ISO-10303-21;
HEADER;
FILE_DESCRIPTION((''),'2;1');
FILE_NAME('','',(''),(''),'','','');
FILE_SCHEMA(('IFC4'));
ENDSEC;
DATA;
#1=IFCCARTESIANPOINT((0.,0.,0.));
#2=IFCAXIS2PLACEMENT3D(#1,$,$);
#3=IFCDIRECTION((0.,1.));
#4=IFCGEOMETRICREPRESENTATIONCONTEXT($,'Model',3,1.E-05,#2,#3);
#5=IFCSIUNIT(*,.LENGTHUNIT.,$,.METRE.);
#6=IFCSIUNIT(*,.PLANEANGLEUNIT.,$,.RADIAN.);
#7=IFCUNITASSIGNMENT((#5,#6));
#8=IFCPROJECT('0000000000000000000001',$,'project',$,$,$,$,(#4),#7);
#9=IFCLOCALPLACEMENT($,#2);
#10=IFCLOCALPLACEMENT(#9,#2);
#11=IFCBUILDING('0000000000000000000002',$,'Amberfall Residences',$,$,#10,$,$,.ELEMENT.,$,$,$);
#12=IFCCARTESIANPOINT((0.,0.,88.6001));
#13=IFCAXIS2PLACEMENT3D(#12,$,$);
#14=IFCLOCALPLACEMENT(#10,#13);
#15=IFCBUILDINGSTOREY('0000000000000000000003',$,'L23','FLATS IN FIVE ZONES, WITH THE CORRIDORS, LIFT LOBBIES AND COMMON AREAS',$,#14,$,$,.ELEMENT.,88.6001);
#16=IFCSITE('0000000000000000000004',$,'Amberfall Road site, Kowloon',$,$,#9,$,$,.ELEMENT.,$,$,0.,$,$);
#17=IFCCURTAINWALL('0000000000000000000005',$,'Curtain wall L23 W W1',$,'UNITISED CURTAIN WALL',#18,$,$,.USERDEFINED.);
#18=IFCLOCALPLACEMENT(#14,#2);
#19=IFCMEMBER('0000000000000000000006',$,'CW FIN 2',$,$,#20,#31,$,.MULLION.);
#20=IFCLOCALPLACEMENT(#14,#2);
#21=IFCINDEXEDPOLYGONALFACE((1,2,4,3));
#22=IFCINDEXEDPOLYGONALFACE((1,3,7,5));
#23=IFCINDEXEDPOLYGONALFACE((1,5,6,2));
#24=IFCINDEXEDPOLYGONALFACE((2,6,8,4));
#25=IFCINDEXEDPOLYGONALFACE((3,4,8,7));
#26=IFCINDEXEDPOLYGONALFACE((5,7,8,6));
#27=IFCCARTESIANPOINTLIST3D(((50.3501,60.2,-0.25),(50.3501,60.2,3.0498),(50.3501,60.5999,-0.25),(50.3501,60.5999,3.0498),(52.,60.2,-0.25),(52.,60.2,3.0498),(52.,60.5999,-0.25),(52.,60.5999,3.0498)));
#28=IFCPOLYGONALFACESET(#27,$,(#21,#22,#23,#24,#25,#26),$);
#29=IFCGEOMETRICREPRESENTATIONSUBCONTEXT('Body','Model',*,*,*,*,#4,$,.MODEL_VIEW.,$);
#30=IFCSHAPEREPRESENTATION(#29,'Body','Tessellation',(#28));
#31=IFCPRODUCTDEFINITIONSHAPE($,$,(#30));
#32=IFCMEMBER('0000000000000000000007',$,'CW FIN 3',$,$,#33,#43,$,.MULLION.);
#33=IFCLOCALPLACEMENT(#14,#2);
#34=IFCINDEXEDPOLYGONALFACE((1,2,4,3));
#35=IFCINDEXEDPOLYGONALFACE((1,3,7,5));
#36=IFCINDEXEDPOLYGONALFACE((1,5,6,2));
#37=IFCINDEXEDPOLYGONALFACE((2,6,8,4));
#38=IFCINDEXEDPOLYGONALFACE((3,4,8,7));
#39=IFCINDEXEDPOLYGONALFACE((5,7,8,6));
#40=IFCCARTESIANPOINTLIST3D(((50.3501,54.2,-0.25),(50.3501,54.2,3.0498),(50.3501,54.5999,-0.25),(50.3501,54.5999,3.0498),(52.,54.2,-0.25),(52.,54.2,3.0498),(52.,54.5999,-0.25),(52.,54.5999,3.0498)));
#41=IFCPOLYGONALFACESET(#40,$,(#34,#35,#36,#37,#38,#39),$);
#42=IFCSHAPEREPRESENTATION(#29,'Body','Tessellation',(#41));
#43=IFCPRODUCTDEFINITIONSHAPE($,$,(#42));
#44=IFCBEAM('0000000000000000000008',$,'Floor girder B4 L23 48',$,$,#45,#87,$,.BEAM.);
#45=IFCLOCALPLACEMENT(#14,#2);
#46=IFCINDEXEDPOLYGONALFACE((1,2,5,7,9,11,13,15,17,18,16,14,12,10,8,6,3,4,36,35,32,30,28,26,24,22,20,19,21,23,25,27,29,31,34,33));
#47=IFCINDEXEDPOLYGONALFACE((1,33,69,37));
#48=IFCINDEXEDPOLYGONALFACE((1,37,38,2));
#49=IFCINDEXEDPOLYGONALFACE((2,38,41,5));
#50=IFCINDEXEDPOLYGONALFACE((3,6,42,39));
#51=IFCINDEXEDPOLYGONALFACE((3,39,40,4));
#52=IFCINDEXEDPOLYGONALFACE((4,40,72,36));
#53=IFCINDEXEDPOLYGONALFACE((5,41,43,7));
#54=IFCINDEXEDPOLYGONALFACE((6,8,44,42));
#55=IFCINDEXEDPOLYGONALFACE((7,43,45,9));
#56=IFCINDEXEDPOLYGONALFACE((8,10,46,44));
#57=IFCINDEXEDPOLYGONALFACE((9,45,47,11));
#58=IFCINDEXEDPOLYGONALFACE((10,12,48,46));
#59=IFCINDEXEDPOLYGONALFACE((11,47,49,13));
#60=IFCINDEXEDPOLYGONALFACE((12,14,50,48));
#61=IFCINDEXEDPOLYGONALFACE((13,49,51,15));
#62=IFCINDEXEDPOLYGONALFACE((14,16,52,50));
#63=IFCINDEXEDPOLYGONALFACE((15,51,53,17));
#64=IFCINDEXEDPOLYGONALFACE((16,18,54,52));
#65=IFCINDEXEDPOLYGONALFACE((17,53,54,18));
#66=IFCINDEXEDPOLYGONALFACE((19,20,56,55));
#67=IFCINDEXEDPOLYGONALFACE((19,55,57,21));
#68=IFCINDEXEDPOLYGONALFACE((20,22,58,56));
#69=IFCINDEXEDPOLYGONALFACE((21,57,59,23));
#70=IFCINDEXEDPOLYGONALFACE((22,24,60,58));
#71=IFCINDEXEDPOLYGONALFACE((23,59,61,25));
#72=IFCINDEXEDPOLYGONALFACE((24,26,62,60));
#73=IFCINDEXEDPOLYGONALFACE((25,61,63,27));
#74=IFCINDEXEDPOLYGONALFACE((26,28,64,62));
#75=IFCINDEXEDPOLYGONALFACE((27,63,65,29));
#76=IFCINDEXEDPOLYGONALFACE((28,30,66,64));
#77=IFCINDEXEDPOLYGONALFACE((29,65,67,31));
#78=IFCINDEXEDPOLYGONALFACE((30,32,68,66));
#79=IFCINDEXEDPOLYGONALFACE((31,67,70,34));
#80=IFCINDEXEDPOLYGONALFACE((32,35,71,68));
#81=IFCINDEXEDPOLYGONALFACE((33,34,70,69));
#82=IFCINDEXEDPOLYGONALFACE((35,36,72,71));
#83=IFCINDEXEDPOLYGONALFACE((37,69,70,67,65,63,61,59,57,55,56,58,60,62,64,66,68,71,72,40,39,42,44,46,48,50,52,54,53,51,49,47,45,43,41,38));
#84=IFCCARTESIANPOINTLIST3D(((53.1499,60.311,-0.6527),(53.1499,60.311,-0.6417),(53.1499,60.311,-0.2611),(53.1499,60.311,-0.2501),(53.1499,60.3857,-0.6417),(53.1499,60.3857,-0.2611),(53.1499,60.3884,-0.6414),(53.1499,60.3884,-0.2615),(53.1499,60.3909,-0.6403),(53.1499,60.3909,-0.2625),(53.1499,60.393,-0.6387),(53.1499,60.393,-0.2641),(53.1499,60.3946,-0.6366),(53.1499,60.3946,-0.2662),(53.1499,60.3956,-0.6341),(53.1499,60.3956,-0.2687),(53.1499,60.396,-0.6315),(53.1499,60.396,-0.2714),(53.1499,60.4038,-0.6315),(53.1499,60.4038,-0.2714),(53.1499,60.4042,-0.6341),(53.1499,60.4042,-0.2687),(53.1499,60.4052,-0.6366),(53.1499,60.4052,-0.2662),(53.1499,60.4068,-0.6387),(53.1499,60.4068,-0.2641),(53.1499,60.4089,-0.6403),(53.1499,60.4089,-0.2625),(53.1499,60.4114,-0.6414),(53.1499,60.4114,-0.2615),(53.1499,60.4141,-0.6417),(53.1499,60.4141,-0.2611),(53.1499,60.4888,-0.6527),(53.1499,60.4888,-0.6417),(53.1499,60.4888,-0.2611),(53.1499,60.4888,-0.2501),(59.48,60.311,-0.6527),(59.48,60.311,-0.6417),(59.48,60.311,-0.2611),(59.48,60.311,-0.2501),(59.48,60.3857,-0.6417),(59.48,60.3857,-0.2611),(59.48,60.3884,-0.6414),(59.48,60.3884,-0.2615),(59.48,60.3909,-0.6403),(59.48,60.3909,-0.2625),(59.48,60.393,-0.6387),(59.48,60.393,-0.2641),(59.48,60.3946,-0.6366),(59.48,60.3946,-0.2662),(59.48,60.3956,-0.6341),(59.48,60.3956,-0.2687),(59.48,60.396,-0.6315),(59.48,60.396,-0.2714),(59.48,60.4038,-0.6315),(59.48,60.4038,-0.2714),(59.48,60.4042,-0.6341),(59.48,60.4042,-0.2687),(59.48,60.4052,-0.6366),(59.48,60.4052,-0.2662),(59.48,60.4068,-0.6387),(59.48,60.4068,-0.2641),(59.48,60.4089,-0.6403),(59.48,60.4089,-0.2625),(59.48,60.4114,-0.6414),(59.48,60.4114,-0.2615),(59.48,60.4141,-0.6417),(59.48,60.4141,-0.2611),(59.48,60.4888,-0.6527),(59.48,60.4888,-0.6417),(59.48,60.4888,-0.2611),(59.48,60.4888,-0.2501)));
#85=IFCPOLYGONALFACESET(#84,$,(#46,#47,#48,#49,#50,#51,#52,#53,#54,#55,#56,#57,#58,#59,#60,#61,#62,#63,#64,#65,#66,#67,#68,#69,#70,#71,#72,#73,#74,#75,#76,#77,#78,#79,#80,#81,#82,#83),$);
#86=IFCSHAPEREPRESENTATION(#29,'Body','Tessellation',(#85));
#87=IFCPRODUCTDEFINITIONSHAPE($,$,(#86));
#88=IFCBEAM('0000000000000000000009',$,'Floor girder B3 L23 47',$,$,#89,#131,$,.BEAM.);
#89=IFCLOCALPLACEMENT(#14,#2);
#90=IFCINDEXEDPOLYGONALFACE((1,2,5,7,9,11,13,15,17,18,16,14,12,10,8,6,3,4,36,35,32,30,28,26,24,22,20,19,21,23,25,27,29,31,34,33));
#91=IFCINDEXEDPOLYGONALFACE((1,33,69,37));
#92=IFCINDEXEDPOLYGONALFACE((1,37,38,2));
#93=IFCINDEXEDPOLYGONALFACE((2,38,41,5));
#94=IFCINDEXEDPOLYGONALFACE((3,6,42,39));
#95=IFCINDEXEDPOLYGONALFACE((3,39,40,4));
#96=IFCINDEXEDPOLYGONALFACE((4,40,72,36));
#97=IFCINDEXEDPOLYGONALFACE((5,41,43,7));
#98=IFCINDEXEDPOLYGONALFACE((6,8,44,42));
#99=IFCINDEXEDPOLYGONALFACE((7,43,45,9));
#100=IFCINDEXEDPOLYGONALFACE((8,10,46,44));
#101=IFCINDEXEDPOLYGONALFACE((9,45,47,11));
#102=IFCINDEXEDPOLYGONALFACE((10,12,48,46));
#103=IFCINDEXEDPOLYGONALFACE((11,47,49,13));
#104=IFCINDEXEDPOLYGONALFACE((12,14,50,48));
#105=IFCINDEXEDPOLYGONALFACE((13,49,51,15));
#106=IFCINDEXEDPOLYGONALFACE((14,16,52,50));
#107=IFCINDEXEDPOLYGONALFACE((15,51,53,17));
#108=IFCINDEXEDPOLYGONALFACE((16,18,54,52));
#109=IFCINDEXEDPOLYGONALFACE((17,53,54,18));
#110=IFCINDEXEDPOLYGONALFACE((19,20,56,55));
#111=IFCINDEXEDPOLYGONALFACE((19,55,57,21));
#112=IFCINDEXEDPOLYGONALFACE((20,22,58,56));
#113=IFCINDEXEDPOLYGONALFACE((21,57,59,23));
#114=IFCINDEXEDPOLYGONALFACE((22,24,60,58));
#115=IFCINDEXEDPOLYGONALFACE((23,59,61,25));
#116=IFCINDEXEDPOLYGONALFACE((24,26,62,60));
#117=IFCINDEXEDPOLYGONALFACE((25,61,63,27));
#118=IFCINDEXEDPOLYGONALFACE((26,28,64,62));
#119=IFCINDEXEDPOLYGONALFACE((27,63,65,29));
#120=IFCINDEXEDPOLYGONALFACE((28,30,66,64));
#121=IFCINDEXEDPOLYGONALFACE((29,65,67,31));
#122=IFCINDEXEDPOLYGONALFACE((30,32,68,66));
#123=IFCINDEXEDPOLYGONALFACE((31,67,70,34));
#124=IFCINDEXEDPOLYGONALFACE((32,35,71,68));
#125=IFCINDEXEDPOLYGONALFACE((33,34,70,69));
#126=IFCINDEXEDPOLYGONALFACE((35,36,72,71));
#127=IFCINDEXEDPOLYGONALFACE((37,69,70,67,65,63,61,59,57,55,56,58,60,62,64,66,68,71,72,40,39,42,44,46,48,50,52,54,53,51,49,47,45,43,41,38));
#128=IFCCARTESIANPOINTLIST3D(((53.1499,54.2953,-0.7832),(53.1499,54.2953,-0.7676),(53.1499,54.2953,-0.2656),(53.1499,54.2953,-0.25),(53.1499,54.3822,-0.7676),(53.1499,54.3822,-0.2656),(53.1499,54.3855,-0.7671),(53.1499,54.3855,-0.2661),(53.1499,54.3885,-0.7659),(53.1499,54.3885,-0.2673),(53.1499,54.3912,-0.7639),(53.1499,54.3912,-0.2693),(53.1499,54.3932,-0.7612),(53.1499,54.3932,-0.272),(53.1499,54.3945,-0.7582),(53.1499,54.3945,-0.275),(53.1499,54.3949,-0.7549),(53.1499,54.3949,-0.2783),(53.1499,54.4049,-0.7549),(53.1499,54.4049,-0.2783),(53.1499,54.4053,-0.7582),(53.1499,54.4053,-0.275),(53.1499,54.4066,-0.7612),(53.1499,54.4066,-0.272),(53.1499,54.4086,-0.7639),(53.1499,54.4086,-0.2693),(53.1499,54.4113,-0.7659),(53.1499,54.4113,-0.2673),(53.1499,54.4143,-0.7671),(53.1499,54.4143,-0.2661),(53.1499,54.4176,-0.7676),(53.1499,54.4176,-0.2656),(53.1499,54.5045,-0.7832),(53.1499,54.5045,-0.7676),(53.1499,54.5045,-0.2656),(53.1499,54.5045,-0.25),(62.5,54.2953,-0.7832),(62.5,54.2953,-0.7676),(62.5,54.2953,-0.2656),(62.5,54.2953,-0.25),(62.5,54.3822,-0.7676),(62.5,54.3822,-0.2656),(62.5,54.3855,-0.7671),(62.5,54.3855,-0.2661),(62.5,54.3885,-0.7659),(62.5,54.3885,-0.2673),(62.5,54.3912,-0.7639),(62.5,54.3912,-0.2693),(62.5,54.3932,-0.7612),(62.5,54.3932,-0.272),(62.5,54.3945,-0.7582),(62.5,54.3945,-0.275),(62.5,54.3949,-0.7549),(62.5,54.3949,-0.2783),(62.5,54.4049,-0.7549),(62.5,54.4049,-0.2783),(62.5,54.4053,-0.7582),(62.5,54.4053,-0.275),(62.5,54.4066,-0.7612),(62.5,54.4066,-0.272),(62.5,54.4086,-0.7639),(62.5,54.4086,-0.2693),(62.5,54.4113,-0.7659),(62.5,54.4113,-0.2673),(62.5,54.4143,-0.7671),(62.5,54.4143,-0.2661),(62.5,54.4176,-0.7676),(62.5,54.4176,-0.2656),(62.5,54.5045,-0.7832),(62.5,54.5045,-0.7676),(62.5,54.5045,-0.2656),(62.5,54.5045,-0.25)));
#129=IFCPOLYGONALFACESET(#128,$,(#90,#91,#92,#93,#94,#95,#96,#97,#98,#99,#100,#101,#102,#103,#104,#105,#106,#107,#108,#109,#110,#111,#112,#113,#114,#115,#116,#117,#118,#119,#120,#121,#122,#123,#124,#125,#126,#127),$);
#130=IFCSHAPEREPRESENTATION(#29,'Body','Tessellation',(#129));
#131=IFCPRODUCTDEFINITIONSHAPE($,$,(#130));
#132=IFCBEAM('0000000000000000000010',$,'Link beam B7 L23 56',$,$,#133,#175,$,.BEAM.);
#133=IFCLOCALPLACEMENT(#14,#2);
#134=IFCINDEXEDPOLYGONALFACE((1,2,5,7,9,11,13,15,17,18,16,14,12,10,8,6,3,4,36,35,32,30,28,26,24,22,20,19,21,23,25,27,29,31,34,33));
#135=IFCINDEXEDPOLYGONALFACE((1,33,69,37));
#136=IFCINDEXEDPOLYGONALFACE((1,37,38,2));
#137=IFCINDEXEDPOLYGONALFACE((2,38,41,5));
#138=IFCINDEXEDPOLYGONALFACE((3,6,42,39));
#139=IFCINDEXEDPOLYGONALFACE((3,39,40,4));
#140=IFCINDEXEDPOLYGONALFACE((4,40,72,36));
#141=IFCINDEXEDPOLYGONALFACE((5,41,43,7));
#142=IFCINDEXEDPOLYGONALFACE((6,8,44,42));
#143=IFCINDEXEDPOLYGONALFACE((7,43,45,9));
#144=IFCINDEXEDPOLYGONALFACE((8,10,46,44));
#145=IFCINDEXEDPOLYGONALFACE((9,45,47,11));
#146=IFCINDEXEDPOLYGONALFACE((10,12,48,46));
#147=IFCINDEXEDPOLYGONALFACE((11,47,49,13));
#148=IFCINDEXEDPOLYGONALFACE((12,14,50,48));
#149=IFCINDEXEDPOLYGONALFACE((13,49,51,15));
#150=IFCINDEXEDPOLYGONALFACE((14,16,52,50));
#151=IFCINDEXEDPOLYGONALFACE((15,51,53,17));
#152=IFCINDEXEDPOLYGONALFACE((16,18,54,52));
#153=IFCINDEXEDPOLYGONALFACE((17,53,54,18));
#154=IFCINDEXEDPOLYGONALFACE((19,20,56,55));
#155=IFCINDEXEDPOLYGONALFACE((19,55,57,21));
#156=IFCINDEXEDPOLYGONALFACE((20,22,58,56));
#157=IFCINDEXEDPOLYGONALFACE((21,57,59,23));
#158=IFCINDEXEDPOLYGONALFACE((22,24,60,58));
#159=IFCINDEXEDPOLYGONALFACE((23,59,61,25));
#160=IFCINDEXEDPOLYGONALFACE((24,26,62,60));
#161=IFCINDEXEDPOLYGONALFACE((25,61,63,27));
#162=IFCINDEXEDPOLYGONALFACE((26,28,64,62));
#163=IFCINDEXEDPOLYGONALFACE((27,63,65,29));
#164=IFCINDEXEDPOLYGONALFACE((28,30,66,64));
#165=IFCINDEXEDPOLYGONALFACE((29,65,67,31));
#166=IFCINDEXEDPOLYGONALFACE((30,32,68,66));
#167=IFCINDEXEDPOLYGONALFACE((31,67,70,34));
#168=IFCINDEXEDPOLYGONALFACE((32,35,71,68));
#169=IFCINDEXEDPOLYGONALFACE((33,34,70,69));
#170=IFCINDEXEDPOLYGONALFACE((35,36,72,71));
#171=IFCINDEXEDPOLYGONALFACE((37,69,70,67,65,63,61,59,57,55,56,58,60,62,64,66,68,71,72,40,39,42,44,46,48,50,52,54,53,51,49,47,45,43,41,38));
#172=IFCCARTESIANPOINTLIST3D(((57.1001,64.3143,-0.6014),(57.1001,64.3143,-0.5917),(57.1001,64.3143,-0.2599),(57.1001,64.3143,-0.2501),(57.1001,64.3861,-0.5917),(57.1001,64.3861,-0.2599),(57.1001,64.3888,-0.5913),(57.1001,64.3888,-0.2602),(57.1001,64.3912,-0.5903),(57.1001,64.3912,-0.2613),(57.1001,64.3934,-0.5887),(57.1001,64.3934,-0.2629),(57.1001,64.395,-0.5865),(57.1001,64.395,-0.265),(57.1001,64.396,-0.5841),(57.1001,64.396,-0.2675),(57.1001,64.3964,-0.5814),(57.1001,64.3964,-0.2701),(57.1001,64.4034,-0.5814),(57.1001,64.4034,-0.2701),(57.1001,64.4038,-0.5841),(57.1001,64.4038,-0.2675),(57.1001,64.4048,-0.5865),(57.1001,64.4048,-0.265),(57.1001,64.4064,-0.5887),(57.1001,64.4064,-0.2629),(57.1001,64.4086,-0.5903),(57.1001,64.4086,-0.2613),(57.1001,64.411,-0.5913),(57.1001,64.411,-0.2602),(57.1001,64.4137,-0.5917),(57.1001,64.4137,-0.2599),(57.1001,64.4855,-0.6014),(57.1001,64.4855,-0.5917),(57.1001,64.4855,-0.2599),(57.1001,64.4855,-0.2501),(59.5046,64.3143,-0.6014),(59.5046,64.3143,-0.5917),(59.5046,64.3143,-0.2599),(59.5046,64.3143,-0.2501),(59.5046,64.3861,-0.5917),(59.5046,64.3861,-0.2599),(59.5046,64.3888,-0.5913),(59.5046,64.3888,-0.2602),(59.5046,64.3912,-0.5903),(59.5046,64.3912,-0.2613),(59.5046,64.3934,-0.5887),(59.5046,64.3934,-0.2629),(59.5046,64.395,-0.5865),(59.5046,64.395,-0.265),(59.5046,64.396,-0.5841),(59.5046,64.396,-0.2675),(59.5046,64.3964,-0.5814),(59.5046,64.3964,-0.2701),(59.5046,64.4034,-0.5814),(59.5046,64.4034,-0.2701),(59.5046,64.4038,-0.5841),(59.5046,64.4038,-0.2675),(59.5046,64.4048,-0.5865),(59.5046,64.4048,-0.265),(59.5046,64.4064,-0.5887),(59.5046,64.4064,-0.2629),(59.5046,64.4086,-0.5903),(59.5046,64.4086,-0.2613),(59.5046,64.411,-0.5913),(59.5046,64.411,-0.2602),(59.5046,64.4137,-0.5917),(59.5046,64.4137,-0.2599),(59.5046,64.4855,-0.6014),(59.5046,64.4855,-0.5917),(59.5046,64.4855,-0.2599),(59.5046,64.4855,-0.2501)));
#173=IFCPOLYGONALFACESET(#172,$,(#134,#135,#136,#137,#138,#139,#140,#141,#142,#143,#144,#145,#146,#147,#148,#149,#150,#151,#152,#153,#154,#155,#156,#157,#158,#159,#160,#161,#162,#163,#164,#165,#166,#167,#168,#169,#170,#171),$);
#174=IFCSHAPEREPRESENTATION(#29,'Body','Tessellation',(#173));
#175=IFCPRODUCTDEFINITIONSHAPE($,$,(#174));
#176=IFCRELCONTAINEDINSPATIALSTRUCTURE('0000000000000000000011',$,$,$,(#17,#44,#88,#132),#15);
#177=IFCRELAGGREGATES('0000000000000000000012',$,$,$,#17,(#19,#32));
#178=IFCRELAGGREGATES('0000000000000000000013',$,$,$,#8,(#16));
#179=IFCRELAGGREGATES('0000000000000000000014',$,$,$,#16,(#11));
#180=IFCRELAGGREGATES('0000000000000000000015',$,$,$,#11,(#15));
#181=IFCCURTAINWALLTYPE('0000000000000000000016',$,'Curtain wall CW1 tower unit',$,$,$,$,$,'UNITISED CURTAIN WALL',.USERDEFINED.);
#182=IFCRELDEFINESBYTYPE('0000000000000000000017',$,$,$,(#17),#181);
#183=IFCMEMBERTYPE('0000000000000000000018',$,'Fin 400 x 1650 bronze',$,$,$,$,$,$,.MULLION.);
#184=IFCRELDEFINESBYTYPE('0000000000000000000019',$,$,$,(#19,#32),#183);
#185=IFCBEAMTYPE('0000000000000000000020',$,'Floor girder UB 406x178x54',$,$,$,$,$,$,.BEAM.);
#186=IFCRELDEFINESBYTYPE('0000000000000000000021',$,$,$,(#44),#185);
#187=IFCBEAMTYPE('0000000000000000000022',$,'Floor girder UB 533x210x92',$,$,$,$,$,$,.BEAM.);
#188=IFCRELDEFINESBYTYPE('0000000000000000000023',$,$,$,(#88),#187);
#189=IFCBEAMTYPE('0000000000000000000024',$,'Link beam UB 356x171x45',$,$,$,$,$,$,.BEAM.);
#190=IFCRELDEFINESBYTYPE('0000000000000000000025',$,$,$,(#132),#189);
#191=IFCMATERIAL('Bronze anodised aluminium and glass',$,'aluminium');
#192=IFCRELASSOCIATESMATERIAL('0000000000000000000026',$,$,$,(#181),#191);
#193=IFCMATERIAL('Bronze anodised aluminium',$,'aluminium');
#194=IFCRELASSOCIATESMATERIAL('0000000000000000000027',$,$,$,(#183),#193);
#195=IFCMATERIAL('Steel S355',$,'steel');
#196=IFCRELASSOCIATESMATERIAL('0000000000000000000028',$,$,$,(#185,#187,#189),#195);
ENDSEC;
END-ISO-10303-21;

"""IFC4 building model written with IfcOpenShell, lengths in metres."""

from ifc_helpers import new_model, si_unit, direction, frame, origin, origin_2d, place, context, subcontext, project, spatial, rectangle, i_section, extrude, material, material_profile, profile_set, type_object, element, aggregate, save


model = new_model("IFC4")

# Units and contexts
model_context = context("Model", 3, precision=1e-05, world=origin(), true_north=direction((0.0, 1.0)))
body_context = subcontext(model_context, "Body", "Model", "MODEL_VIEW")
ifc_project = project(units=[si_unit("LENGTHUNIT", "METRE"), si_unit("PLANEANGLEUNIT", "RADIAN")], contexts=[model_context])

# Site, building, storey
site_placement = place(None, origin())
site = spatial("IfcSite", under=ifc_project, at=site_placement, Name="Amberfall Road site, Kowloon", CompositionType="ELEMENT", RefElevation=0.0)
building_placement = place(site_placement, origin())
building = spatial("IfcBuilding", under=site, at=building_placement, Name="Amberfall Residences", CompositionType="ELEMENT")
storey_placement = place(building_placement, frame((0.0, 0.0, 88.6001)))
storey = spatial("IfcBuildingStorey", under=building, at=storey_placement, Name="L23", Description="FLATS IN FIVE ZONES, WITH THE CORRIDORS, LIFT LOBBIES AND COMMON AREAS", CompositionType="ELEMENT", Elevation=88.6001)

# Shared definitions
ifc_material_1 = material(Name="Bronze anodised aluminium and glass", Category="aluminium")
curtain_wall_type = type_object("IfcCurtainWallType", Name="Curtain wall CW1 tower unit", ElementType="UNITISED CURTAIN WALL", PredefinedType="USERDEFINED", material=ifc_material_1)
ifc_material_2 = material(Name="Bronze anodised aluminium", Category="aluminium")

# Curtain wall
curtain_wall_1_placement = place(storey_placement, origin())
curtain_wall_1 = element("IfcCurtainWall", 1, at=curtain_wall_1_placement, inside=storey, type_object=curtain_wall_type, Name="Curtain wall L23 W W1", ObjectType="UNITISED CURTAIN WALL", PredefinedType="USERDEFINED")

# Shared definitions
ifc_material_3 = material(Name="Steel S355", Category="steel")

# Members
ifc_material_profile_1 = material_profile(ifc_material_2, rectangle(XDim=1.6499, YDim=0.3999, at=origin_2d()), Name="Fin 400 x 1650 bronze")
ifc_profile_set_1 = profile_set([ifc_material_profile_1], Name="Bronze anodised aluminium")
member_type_1 = type_object("IfcMemberType", Name="Fin 400 x 1650 bronze", PredefinedType="MULLION", material=ifc_profile_set_1)
member_1_placement = place(storey_placement, frame((51.175, 60.3999, -0.25), z_axis=(0.0, 0.0, 1.0), x_axis=(1.0, 0.0, 0.0)))
member_1 = element("IfcMember", 2, at=member_1_placement, type_object=member_type_1, Name="CW FIN 2", PredefinedType="MULLION", context=body_context, shape_type="SweptSolid", body=[
    extrude(rectangle(XDim=1.6499, YDim=0.3999, at=origin_2d()), origin(), (0.0, 0.0, 1.0), 3.2998),
])
member_2_placement = place(storey_placement, frame((51.175, 54.3999, -0.25), z_axis=(0.0, 0.0, 1.0), x_axis=(1.0, 0.0, 0.0)))
member_2 = element("IfcMember", 3, at=member_2_placement, type_object=member_type_1, Name="CW FIN 3", PredefinedType="MULLION", context=body_context, shape_type="SweptSolid", body=[
    extrude(rectangle(XDim=1.6499, YDim=0.3999, at=origin_2d()), origin(), (0.0, 0.0, 1.0), 3.2998),
])

# Beams
ifc_material_profile_2 = material_profile(ifc_material_3, i_section(OverallWidth=0.1777, OverallDepth=0.4026, WebThickness=0.0078, FlangeThickness=0.011, FilletRadius=0.0103, at=origin_2d()), Name="UB 406x178x54")
ifc_profile_set_2 = profile_set([ifc_material_profile_2], Name="Steel S355")
beam_type_1 = type_object("IfcBeamType", Name="Floor girder UB 406x178x54", PredefinedType="BEAM", material=ifc_profile_set_2)
beam_1_placement = place(storey_placement, frame((53.1499, 60.3999, -0.4514), z_axis=(1.0, 0.0, 0.0), x_axis=(0.0, 1.0, 0.0)))
element("IfcBeam", 4, at=beam_1_placement, inside=storey, type_object=beam_type_1, Name="Floor girder B4 L23 48", PredefinedType="BEAM", context=body_context, shape_type="SweptSolid", body=[
    extrude(i_section(OverallWidth=0.1777, OverallDepth=0.4026, WebThickness=0.0078, FlangeThickness=0.011, FilletRadius=0.0103, at=origin_2d()), origin(), (0.0, 0.0, 1.0), 6.3301),
])
ifc_material_profile_3 = material_profile(ifc_material_3, i_section(OverallWidth=0.2092, OverallDepth=0.5332, WebThickness=0.01, FlangeThickness=0.0156, FilletRadius=0.0127, at=origin_2d()), Name="UB 533x210x92")
ifc_profile_set_3 = profile_set([ifc_material_profile_3], Name="Steel S355")
beam_type_2 = type_object("IfcBeamType", Name="Floor girder UB 533x210x92", PredefinedType="BEAM", material=ifc_profile_set_3)
beam_2_placement = place(storey_placement, frame((53.1499, 54.3999, -0.5166), z_axis=(1.0, 0.0, 0.0), x_axis=(0.0, 1.0, 0.0)))
element("IfcBeam", 5, at=beam_2_placement, inside=storey, type_object=beam_type_2, Name="Floor girder B3 L23 47", PredefinedType="BEAM", context=body_context, shape_type="SweptSolid", body=[
    extrude(i_section(OverallWidth=0.2092, OverallDepth=0.5332, WebThickness=0.01, FlangeThickness=0.0156, FilletRadius=0.0127, at=origin_2d()), origin(), (0.0, 0.0, 1.0), 9.3501),
])
ifc_material_profile_4 = material_profile(ifc_material_3, i_section(OverallWidth=0.1711, OverallDepth=0.3513, WebThickness=0.0071, FlangeThickness=0.0098, FilletRadius=0.0103, at=origin_2d()), Name="UB 356x171x45")
ifc_profile_set_4 = profile_set([ifc_material_profile_4], Name="Steel S355")
beam_type_3 = type_object("IfcBeamType", Name="Link beam UB 356x171x45", PredefinedType="BEAM", material=ifc_profile_set_4)
beam_3_placement = place(storey_placement, frame((57.1001, 64.3999, -0.4258), z_axis=(1.0, 0.0, 0.0), x_axis=(0.0, 1.0, 0.0)))
element("IfcBeam", 6, at=beam_3_placement, inside=storey, type_object=beam_type_3, Name="Link beam B7 L23 56", PredefinedType="BEAM", context=body_context, shape_type="SweptSolid", body=[
    extrude(i_section(OverallWidth=0.1711, OverallDepth=0.3513, WebThickness=0.0071, FlangeThickness=0.0098, FilletRadius=0.0103, at=origin_2d()), origin(), (0.0, 0.0, 1.0), 2.4045),
])

aggregate(curtain_wall_1, [member_1, member_2])

save(model, "model.ifc")
